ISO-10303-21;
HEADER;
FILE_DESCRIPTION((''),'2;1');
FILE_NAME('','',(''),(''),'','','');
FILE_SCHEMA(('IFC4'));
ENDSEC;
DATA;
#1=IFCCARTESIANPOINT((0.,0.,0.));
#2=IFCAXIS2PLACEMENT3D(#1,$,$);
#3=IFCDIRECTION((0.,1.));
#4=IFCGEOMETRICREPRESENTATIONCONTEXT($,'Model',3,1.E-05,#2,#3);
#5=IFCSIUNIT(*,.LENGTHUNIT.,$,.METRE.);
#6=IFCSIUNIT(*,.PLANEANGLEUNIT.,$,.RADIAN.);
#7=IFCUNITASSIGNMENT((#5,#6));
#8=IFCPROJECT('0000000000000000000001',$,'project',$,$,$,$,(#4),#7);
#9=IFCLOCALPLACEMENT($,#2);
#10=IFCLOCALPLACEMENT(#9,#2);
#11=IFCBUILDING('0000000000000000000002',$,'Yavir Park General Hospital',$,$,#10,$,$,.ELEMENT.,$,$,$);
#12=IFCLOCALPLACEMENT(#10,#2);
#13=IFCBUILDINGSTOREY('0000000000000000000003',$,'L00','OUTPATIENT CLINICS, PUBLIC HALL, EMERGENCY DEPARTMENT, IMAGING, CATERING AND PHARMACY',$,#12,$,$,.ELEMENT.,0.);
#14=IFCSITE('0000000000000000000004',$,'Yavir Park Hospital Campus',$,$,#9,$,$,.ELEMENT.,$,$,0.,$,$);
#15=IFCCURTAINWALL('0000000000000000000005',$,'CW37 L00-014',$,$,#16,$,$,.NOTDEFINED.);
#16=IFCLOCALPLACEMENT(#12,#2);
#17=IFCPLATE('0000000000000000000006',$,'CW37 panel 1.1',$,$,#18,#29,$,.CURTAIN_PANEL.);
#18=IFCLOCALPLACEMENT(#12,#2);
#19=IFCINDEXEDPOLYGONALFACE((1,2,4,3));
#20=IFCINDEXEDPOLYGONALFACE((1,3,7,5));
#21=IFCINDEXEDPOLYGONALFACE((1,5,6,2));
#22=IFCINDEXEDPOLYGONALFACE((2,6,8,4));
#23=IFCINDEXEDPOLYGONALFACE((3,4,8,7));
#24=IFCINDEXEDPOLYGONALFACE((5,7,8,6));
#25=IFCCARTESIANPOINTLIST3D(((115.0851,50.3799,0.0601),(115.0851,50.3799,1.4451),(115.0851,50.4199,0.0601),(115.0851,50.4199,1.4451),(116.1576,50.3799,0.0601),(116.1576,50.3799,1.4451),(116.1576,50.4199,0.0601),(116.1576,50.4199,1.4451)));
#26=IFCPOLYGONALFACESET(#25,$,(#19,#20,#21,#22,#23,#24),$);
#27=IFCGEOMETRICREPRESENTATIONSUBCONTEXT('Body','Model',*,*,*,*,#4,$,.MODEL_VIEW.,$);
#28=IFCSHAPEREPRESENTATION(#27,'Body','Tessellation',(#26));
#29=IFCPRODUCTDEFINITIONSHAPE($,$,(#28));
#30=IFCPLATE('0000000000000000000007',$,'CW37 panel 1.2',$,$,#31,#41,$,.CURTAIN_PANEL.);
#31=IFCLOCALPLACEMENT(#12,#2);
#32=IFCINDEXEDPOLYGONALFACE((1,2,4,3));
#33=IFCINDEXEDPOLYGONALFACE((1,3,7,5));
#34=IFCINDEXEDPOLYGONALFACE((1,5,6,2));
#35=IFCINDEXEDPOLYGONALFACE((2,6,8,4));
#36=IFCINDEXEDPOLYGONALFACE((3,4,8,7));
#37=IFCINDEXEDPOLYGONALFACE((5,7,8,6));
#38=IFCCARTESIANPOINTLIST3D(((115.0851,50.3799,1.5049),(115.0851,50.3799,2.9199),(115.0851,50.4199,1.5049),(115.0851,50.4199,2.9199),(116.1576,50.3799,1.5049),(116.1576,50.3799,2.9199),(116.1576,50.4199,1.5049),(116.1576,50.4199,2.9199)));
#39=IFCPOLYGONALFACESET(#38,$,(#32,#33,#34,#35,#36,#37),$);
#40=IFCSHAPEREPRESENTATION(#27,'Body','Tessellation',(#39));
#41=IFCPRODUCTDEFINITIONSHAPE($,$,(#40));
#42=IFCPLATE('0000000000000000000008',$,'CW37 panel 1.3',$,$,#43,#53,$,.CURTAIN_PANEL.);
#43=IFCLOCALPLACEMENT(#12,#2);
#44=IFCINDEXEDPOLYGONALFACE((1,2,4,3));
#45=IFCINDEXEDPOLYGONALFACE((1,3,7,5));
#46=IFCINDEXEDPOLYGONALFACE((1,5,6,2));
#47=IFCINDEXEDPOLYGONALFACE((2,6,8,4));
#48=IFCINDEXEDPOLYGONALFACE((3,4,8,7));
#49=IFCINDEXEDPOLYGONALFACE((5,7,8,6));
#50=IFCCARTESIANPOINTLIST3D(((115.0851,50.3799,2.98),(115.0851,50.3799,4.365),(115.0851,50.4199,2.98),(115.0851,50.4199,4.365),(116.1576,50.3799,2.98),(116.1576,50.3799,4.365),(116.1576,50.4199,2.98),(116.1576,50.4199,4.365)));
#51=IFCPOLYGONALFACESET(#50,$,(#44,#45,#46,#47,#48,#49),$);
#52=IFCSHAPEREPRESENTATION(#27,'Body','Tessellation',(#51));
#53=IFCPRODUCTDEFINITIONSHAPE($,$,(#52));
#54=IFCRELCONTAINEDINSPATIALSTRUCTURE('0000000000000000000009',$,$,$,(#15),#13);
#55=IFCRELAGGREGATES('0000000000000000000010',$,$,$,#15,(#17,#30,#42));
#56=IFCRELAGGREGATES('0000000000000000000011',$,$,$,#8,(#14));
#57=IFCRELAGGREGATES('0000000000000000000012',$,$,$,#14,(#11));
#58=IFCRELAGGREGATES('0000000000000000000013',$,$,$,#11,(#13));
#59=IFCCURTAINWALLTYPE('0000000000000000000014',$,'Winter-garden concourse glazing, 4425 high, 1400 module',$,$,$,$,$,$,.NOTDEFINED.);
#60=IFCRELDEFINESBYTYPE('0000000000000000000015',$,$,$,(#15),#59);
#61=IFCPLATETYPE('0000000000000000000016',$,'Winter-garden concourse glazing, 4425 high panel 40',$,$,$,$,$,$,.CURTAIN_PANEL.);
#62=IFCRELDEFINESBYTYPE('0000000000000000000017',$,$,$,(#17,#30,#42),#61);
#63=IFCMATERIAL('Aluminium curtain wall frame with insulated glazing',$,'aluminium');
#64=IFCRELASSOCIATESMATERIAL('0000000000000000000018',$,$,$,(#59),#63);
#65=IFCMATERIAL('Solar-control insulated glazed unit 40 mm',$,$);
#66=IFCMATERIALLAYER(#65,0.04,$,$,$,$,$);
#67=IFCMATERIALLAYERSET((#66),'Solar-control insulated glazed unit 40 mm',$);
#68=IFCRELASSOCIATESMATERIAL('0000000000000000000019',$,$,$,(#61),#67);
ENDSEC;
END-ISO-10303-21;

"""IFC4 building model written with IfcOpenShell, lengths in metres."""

from ifc_helpers import new_model, si_unit, direction, frame, origin, origin_2d, place, context, subcontext, project, spatial, rectangle, extrude, material, layer, layer_set, type_object, element, aggregate, save


model = new_model("IFC4")

# Units and contexts
model_context = context("Model", 3, precision=1e-05, world=origin(), true_north=direction((0.0, 1.0)))
body_context = subcontext(model_context, "Body", "Model", "MODEL_VIEW")
ifc_project = project(units=[si_unit("LENGTHUNIT", "METRE"), si_unit("PLANEANGLEUNIT", "RADIAN")], contexts=[model_context])

# Site, building, storey
site_placement = place(None, origin())
site = spatial("IfcSite", under=ifc_project, at=site_placement, Name="Yavir Park Hospital Campus", CompositionType="ELEMENT", RefElevation=0.0)
building_placement = place(site_placement, origin())
building = spatial("IfcBuilding", under=site, at=building_placement, Name="Yavir Park General Hospital", CompositionType="ELEMENT")
storey_placement = place(building_placement, origin())
storey = spatial("IfcBuildingStorey", under=building, at=storey_placement, Name="L00", Description="OUTPATIENT CLINICS, PUBLIC HALL, EMERGENCY DEPARTMENT, IMAGING, CATERING AND PHARMACY", CompositionType="ELEMENT", Elevation=0.0)

# Shared definitions
ifc_material_1 = material(Name="Aluminium curtain wall frame with insulated glazing", Category="aluminium")
curtain_wall_type = type_object("IfcCurtainWallType", Name="Winter-garden concourse glazing, 4425 high, 1400 module", PredefinedType="NOTDEFINED", material=ifc_material_1)

# Curtain wall
curtain_wall_1_placement = place(storey_placement, origin())
curtain_wall_1 = element("IfcCurtainWall", 1, at=curtain_wall_1_placement, inside=storey, type_object=curtain_wall_type, Name="CW37 L00-014", PredefinedType="NOTDEFINED")

# Plates
ifc_material_2 = material(Name="Solar-control insulated glazed unit 40 mm")
ifc_layer_1 = layer(ifc_material_2, 0.04)
ifc_layer_set_1 = layer_set([ifc_layer_1], Name="Solar-control insulated glazed unit 40 mm")
plate_type = type_object("IfcPlateType", Name="Winter-garden concourse glazing, 4425 high panel 40", PredefinedType="CURTAIN_PANEL", material=ifc_layer_set_1)
plate_1_placement = place(storey_placement, frame((115.6213, 50.3999, 0.0601), z_axis=(0.0, 0.0, 1.0), x_axis=(1.0, 0.0, 0.0)))
plate_1 = element("IfcPlate", 2, at=plate_1_placement, type_object=plate_type, Name="CW37 panel 1.1", PredefinedType="CURTAIN_PANEL", context=body_context, shape_type="SweptSolid", body=[
    extrude(rectangle(XDim=1.0725, YDim=0.04, at=origin_2d()), origin(), (0.0, 0.0, 1.0), 1.385),
])
plate_2_placement = place(storey_placement, frame((115.6213, 50.3999, 1.5049), z_axis=(0.0, 0.0, 1.0), x_axis=(1.0, 0.0, 0.0)))
plate_2 = element("IfcPlate", 3, at=plate_2_placement, type_object=plate_type, Name="CW37 panel 1.2", PredefinedType="CURTAIN_PANEL", context=body_context, shape_type="SweptSolid", body=[
    extrude(rectangle(XDim=1.0725, YDim=0.04, at=origin_2d()), origin(), (0.0, 0.0, 1.0), 1.415),
])
plate_3_placement = place(storey_placement, frame((115.6213, 50.3999, 2.98), z_axis=(0.0, 0.0, 1.0), x_axis=(1.0, 0.0, 0.0)))
plate_3 = element("IfcPlate", 4, at=plate_3_placement, type_object=plate_type, Name="CW37 panel 1.3", PredefinedType="CURTAIN_PANEL", context=body_context, shape_type="SweptSolid", body=[
    extrude(rectangle(XDim=1.0725, YDim=0.04, at=origin_2d()), origin(), (0.0, 0.0, 1.0), 1.385),
])
aggregate(curtain_wall_1, [plate_1, plate_2, plate_3])

save(model, "model.ifc")
